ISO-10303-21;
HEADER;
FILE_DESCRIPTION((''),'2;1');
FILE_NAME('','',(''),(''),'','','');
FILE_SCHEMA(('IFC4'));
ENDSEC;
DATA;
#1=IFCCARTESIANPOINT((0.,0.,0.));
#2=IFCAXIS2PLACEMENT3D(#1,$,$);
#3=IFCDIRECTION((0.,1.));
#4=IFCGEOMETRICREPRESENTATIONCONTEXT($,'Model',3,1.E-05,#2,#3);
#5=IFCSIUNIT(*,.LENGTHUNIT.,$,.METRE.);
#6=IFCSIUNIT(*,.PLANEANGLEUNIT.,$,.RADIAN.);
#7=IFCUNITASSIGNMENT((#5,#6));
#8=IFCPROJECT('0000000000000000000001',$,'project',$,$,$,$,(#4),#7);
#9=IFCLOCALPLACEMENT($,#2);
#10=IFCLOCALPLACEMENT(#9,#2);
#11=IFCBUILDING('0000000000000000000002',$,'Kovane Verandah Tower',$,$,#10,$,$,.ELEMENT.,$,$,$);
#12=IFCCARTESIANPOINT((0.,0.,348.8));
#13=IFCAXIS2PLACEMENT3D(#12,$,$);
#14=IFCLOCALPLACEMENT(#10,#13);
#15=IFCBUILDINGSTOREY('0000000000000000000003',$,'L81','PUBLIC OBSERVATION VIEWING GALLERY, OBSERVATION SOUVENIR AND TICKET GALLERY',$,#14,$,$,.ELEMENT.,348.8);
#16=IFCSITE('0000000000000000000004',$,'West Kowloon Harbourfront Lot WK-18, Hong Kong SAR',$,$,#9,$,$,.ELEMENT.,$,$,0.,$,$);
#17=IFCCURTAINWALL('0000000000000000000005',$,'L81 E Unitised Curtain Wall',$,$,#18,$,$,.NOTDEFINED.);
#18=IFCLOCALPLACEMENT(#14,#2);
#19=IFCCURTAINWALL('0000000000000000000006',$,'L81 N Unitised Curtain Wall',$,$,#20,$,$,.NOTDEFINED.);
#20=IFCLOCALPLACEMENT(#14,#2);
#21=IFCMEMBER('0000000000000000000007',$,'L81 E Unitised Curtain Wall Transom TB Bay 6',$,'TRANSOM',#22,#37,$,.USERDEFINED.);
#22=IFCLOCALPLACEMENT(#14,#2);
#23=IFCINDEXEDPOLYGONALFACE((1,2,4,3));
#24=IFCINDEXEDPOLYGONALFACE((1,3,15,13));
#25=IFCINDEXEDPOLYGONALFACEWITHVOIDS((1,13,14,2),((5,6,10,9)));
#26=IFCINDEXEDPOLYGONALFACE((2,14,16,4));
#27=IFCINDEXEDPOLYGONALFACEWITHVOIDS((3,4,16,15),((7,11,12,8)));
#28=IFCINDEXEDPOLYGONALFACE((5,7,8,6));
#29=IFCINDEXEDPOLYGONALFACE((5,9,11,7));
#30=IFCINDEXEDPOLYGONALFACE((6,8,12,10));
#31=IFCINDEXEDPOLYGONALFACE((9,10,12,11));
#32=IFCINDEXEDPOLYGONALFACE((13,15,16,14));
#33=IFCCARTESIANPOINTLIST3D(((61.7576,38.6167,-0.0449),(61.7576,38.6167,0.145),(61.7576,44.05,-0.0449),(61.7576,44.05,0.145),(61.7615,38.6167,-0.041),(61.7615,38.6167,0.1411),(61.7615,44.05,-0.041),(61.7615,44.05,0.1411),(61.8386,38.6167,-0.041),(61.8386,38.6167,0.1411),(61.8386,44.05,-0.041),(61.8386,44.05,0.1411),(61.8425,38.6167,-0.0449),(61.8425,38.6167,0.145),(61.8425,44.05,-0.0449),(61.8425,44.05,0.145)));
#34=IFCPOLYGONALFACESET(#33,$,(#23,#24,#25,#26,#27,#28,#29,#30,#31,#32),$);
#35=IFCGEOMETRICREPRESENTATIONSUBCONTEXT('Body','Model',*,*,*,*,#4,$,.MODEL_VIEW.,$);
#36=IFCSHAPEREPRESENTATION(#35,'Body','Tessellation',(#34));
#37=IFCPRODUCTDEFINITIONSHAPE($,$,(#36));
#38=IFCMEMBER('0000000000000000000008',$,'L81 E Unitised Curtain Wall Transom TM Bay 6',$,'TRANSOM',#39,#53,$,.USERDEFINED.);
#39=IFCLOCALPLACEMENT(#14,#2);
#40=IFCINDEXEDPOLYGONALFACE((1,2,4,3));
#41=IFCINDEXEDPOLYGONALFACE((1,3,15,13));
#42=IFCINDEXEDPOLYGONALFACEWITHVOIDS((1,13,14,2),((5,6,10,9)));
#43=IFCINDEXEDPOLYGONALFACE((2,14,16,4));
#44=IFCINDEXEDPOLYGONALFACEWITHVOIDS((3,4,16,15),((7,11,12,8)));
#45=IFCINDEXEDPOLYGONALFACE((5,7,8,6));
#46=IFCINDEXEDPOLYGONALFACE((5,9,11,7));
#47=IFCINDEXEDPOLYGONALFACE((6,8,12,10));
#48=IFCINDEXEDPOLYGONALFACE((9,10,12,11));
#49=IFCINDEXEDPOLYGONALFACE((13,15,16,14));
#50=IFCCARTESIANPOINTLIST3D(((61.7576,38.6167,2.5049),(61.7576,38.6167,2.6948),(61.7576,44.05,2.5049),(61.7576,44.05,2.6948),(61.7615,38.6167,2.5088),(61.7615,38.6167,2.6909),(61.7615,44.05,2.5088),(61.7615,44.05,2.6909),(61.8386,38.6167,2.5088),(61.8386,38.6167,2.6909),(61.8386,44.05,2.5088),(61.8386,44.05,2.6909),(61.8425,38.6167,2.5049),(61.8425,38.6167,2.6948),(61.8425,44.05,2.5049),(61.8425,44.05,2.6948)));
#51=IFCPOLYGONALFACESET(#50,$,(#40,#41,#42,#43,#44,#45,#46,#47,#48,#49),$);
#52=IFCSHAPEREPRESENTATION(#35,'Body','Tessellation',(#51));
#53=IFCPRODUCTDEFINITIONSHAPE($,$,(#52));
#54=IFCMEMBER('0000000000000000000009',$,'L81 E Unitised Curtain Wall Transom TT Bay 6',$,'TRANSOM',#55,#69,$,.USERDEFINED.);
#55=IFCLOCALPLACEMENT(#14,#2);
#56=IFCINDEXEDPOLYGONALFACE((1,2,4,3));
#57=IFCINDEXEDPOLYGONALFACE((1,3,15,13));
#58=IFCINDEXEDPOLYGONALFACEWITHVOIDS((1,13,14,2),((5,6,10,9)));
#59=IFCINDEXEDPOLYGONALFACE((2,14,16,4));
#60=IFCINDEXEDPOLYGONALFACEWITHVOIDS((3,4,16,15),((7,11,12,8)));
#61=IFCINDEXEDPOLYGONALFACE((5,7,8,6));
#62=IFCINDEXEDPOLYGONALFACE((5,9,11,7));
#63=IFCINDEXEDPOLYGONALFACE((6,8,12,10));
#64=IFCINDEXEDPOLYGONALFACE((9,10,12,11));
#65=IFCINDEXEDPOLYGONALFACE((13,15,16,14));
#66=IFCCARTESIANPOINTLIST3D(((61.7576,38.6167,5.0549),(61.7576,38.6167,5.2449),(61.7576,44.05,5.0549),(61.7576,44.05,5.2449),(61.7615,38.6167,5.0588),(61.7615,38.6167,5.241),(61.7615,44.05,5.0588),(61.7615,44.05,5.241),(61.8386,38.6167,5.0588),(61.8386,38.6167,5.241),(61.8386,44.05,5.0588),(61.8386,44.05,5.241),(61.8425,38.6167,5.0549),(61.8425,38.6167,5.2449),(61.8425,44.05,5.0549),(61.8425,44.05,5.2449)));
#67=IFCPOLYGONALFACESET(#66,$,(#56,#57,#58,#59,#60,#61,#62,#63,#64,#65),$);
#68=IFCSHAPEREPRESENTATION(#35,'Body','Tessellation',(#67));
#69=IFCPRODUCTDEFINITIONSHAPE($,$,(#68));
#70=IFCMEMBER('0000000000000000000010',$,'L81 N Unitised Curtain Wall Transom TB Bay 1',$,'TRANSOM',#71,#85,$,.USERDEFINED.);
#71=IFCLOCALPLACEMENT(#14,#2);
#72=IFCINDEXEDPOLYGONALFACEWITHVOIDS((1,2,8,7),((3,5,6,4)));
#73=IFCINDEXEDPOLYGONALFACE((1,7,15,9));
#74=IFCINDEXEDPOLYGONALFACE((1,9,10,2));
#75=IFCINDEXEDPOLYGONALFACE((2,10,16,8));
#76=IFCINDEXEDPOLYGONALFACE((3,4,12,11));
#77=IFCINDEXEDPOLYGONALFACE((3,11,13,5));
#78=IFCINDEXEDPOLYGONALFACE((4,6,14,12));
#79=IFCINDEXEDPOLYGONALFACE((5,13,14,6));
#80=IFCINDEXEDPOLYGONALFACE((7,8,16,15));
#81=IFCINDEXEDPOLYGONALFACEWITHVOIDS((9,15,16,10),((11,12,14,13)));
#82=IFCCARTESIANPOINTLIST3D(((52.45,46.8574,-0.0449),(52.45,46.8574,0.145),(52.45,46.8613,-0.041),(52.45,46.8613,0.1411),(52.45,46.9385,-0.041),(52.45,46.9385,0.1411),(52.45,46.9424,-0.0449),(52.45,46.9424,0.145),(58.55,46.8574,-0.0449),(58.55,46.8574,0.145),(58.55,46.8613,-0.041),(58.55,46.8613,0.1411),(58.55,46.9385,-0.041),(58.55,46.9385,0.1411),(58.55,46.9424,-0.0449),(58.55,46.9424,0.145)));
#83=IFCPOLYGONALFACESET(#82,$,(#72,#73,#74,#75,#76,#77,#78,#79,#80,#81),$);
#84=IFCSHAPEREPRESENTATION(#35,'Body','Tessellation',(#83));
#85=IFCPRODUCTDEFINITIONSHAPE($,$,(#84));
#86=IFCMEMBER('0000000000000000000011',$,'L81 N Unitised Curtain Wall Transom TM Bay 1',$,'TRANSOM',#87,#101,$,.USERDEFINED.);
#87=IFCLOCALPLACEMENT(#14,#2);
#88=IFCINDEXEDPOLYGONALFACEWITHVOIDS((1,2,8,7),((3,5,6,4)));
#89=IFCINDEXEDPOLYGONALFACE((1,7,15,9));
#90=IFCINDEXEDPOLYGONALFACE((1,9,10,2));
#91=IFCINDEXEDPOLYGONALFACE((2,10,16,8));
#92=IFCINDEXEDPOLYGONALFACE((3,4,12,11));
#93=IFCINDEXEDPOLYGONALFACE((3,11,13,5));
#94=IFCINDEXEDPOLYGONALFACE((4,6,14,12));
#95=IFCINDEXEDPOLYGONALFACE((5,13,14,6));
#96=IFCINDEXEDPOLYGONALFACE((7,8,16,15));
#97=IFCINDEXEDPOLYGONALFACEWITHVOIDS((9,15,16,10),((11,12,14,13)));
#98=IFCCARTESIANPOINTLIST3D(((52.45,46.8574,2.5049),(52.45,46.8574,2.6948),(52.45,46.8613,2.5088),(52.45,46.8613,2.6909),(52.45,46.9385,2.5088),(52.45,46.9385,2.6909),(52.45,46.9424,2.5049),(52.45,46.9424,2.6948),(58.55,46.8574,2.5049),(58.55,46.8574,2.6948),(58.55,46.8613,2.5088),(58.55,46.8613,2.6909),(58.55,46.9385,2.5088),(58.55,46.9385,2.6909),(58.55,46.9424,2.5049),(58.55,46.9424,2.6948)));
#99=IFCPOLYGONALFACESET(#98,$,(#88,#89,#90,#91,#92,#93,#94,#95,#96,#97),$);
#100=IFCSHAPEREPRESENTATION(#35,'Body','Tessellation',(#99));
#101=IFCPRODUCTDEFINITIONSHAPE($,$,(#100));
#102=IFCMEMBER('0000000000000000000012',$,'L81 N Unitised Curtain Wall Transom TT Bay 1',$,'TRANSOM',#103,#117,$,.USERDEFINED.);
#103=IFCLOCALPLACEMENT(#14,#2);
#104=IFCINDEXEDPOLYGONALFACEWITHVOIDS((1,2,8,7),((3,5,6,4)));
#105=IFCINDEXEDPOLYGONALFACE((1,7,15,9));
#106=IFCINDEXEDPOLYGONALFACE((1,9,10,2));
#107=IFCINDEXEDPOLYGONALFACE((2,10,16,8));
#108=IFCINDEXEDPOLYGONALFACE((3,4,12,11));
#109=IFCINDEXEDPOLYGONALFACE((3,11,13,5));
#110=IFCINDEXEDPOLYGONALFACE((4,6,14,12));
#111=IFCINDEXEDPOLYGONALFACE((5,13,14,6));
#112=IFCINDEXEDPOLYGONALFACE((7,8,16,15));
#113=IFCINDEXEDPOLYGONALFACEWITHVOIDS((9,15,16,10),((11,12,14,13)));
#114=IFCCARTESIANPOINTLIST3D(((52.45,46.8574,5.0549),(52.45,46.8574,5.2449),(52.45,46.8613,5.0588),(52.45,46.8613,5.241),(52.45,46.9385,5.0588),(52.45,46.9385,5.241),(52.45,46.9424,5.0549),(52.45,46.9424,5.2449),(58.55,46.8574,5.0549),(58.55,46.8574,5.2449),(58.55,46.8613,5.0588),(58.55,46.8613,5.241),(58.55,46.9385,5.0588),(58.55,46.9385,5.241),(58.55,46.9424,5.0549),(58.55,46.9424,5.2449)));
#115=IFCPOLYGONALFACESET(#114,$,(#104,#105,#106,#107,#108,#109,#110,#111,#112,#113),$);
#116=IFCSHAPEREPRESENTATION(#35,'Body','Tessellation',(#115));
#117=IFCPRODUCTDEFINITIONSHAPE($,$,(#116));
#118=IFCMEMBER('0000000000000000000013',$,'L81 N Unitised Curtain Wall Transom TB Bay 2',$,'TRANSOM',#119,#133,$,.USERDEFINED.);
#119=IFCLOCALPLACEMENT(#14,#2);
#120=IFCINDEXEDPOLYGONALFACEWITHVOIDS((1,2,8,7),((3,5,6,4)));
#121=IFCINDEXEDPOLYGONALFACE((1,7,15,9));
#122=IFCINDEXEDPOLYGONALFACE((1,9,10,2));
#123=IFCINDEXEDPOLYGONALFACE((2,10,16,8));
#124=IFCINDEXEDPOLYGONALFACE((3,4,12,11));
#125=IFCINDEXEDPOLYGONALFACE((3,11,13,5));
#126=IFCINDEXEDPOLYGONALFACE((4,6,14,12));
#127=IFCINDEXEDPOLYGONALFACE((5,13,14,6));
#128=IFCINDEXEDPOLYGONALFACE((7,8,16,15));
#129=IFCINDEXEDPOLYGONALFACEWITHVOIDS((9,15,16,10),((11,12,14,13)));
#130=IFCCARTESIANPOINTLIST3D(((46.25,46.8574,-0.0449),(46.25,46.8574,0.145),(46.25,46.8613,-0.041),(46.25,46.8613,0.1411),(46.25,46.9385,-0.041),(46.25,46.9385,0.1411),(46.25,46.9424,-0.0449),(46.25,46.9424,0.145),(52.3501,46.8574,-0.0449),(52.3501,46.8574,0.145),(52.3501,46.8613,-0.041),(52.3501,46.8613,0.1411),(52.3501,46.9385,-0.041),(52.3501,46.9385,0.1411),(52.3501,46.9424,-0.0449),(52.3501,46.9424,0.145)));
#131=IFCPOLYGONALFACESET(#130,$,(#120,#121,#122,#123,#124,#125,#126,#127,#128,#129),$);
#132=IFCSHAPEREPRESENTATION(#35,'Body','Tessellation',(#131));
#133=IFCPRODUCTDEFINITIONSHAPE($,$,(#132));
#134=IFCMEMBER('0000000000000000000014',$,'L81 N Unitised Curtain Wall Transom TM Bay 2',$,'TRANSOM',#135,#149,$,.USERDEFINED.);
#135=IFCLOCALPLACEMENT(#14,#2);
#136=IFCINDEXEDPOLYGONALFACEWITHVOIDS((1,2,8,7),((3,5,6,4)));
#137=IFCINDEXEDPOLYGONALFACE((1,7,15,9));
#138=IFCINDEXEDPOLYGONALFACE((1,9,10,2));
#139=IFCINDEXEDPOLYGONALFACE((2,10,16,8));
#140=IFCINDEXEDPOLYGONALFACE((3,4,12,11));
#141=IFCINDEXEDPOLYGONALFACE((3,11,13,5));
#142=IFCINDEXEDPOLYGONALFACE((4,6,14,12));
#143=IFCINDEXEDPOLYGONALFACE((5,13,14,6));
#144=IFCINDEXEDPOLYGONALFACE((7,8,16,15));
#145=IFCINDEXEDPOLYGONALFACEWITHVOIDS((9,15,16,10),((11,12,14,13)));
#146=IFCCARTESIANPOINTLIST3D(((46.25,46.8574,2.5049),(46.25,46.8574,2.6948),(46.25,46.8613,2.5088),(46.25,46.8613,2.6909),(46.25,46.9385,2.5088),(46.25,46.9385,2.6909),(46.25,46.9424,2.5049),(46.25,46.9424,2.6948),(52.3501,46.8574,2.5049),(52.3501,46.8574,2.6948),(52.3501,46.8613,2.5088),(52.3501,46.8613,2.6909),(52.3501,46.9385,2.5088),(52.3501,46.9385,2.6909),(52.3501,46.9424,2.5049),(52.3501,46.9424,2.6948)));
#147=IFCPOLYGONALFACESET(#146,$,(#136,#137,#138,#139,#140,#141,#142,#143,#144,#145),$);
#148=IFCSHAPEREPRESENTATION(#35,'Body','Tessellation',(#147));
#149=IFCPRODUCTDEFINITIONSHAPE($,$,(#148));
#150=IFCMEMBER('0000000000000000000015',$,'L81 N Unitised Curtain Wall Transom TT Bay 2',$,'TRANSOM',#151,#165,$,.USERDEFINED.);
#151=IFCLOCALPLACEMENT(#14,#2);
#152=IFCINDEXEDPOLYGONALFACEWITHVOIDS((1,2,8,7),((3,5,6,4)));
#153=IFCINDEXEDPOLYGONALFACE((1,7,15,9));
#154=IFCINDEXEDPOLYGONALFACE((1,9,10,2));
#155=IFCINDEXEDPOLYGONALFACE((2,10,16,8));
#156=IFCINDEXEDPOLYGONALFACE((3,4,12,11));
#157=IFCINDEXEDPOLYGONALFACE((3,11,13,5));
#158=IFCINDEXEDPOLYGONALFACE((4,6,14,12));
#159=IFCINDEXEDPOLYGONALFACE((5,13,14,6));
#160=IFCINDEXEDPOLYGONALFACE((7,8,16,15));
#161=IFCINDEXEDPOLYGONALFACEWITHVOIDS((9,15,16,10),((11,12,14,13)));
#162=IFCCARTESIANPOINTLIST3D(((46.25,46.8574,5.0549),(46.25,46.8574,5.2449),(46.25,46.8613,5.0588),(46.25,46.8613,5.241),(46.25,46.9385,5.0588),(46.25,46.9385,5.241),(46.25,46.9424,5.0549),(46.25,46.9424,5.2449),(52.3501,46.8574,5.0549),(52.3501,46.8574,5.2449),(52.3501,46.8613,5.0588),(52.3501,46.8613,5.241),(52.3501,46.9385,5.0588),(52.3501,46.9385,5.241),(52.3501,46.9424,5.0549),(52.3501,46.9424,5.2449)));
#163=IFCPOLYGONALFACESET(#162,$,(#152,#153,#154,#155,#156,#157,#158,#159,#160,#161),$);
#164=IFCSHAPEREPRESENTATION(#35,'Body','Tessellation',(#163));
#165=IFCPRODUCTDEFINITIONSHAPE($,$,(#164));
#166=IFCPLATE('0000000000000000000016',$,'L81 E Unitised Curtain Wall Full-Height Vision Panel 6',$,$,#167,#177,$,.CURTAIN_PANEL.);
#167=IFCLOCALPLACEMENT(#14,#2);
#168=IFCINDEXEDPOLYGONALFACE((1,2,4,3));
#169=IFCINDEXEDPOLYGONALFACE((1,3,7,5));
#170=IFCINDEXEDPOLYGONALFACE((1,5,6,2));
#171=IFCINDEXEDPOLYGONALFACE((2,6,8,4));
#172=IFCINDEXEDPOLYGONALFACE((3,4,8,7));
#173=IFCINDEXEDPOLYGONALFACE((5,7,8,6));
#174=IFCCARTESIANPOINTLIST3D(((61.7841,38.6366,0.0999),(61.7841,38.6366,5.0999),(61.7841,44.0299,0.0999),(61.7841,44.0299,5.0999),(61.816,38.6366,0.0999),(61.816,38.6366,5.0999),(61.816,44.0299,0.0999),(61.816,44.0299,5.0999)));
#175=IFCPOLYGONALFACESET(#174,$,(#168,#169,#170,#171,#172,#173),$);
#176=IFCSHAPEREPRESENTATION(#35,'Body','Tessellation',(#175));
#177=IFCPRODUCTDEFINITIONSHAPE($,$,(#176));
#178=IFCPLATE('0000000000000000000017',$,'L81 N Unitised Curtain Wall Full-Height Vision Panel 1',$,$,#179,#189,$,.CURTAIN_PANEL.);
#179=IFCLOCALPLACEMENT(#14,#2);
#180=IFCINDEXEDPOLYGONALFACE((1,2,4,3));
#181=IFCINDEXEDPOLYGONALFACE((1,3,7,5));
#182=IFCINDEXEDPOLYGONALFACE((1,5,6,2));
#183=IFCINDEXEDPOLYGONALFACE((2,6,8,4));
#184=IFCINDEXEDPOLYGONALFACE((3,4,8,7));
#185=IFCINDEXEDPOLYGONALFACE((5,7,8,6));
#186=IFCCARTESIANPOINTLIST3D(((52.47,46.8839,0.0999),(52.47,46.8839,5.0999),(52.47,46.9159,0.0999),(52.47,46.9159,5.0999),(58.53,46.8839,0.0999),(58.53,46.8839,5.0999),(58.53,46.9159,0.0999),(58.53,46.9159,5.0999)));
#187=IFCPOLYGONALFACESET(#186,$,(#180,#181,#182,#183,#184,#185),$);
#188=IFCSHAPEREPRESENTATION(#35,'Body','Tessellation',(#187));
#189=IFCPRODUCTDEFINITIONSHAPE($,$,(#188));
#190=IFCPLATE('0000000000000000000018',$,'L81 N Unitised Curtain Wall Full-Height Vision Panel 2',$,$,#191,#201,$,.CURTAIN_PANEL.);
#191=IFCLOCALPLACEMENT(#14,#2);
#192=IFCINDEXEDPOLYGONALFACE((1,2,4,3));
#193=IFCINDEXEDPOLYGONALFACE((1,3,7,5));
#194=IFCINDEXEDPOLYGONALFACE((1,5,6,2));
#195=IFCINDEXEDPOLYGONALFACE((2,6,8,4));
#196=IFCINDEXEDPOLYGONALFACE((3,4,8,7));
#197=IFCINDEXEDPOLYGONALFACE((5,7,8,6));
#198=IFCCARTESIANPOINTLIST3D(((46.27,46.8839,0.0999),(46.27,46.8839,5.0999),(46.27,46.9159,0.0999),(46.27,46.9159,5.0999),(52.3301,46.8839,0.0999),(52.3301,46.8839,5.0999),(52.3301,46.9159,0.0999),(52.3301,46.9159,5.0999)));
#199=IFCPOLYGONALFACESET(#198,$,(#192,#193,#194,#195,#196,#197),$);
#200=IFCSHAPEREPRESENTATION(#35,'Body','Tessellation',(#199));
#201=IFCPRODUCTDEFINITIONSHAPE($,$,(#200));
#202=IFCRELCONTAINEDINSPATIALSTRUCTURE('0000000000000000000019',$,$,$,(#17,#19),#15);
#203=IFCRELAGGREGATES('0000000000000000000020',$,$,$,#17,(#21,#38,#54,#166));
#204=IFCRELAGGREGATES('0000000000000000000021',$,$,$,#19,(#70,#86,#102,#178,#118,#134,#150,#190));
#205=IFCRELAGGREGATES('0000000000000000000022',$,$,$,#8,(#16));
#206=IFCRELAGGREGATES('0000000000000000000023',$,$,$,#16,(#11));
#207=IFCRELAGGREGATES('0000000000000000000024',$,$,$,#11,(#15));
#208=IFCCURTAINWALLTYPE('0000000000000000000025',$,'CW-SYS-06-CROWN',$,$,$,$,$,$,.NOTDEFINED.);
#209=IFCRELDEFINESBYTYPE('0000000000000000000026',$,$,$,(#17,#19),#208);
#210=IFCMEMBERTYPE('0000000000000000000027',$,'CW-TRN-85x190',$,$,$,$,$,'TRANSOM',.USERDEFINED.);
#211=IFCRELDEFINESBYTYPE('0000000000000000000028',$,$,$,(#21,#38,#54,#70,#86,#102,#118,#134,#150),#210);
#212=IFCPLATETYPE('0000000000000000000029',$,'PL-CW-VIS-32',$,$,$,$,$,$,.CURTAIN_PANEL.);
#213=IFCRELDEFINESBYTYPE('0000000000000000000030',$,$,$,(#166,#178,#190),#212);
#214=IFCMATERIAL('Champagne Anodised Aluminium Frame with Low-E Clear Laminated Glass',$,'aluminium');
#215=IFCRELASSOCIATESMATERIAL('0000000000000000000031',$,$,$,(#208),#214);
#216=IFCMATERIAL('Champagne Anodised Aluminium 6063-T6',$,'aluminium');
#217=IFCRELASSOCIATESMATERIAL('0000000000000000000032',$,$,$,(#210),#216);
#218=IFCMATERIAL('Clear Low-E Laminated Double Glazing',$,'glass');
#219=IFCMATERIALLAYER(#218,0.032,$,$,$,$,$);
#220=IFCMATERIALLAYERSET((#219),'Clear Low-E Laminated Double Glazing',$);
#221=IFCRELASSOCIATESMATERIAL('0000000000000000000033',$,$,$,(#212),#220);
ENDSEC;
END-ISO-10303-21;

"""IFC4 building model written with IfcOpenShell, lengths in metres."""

from ifc_helpers import new_model, si_unit, direction, frame, origin, origin_2d, place, context, subcontext, project, spatial, rectangle, hollow_rectangle, extrude, material, layer, layer_set, material_profile, profile_set, type_object, element, aggregate, save


model = new_model("IFC4")

# Units and contexts
model_context = context("Model", 3, precision=1e-05, world=origin(), true_north=direction((0.0, 1.0)))
body_context = subcontext(model_context, "Body", "Model", "MODEL_VIEW")
ifc_project = project(units=[si_unit("LENGTHUNIT", "METRE"), si_unit("PLANEANGLEUNIT", "RADIAN")], contexts=[model_context])

# Site, building, storey
site_placement = place(None, origin())
site = spatial("IfcSite", under=ifc_project, at=site_placement, Name="West Kowloon Harbourfront Lot WK-18, Hong Kong SAR", CompositionType="ELEMENT", RefElevation=0.0)
building_placement = place(site_placement, origin())
building = spatial("IfcBuilding", under=site, at=building_placement, Name="Kovane Verandah Tower", CompositionType="ELEMENT")
storey_placement = place(building_placement, frame((0.0, 0.0, 348.8)))
storey = spatial("IfcBuildingStorey", under=building, at=storey_placement, Name="L81", Description="PUBLIC OBSERVATION VIEWING GALLERY, OBSERVATION SOUVENIR AND TICKET GALLERY", CompositionType="ELEMENT", Elevation=348.8)

# Curtain wall
ifc_material_1 = material(Name="Champagne Anodised Aluminium Frame with Low-E Clear Laminated Glass", Category="aluminium")
curtain_wall_type = type_object("IfcCurtainWallType", Name="CW-SYS-06-CROWN", PredefinedType="NOTDEFINED", material=ifc_material_1)
curtain_wall_1_placement = place(storey_placement, origin())
curtain_wall_1 = element("IfcCurtainWall", 1, at=curtain_wall_1_placement, inside=storey, type_object=curtain_wall_type, Name="L81 E Unitised Curtain Wall", PredefinedType="NOTDEFINED")
ifc_material_2 = material(Name="Champagne Anodised Aluminium 6063-T6", Category="aluminium")

# Curtain wall
curtain_wall_2_placement = place(storey_placement, origin())
curtain_wall_2 = element("IfcCurtainWall", 2, at=curtain_wall_2_placement, inside=storey, type_object=curtain_wall_type, Name="L81 N Unitised Curtain Wall", PredefinedType="NOTDEFINED")

# Members
ifc_material_profile_1 = material_profile(ifc_material_2, hollow_rectangle(XDim=0.085, YDim=0.1899, WallThickness=0.0039, at=origin_2d()), Name="AL85x190x4")
ifc_profile_set_1 = profile_set([ifc_material_profile_1], Name="Champagne Anodised Aluminium 6063-T6")
member_type_1 = type_object("IfcMemberType", Name="CW-TRN-85x190", ElementType="TRANSOM", PredefinedType="USERDEFINED", material=ifc_profile_set_1)
member_1_placement = place(storey_placement, frame((61.8, 38.6167, 0.05), z_axis=(0.0, 1.0, 0.0), x_axis=(-1.0, 0.0, 0.0)))
member_1 = element("IfcMember", 3, at=member_1_placement, type_object=member_type_1, Name="L81 E Unitised Curtain Wall Transom TB Bay 6", ObjectType="TRANSOM", PredefinedType="USERDEFINED", context=body_context, shape_type="SweptSolid", body=[
    extrude(hollow_rectangle(XDim=0.085, YDim=0.1899, WallThickness=0.0039, at=origin_2d()), origin(), (0.0, 0.0, 1.0), 5.4333),
])
member_2_placement = place(storey_placement, frame((61.8, 38.6167, 2.5999), z_axis=(0.0, 1.0, 0.0), x_axis=(-1.0, 0.0, 0.0)))
member_2 = element("IfcMember", 4, at=member_2_placement, type_object=member_type_1, Name="L81 E Unitised Curtain Wall Transom TM Bay 6", ObjectType="TRANSOM", PredefinedType="USERDEFINED", context=body_context, shape_type="SweptSolid", body=[
    extrude(hollow_rectangle(XDim=0.085, YDim=0.1899, WallThickness=0.0039, at=origin_2d()), origin(), (0.0, 0.0, 1.0), 5.4333),
])
member_3_placement = place(storey_placement, frame((61.8, 38.6167, 5.1499), z_axis=(0.0, 1.0, 0.0), x_axis=(-1.0, 0.0, 0.0)))
member_3 = element("IfcMember", 5, at=member_3_placement, type_object=member_type_1, Name="L81 E Unitised Curtain Wall Transom TT Bay 6", ObjectType="TRANSOM", PredefinedType="USERDEFINED", context=body_context, shape_type="SweptSolid", body=[
    extrude(hollow_rectangle(XDim=0.085, YDim=0.1899, WallThickness=0.0039, at=origin_2d()), origin(), (0.0, 0.0, 1.0), 5.4333),
])
member_4_placement = place(storey_placement, frame((58.55, 46.8999, 0.05), z_axis=(-1.0, 0.0, 0.0), x_axis=(0.0, -1.0, 0.0)))
member_4 = element("IfcMember", 6, at=member_4_placement, type_object=member_type_1, Name="L81 N Unitised Curtain Wall Transom TB Bay 1", ObjectType="TRANSOM", PredefinedType="USERDEFINED", context=body_context, shape_type="SweptSolid", body=[
    extrude(hollow_rectangle(XDim=0.085, YDim=0.1899, WallThickness=0.0039, at=origin_2d()), origin(), (0.0, 0.0, 1.0), 6.1001),
])
member_5_placement = place(storey_placement, frame((58.55, 46.8999, 2.5999), z_axis=(-1.0, 0.0, 0.0), x_axis=(0.0, -1.0, 0.0)))
member_5 = element("IfcMember", 7, at=member_5_placement, type_object=member_type_1, Name="L81 N Unitised Curtain Wall Transom TM Bay 1", ObjectType="TRANSOM", PredefinedType="USERDEFINED", context=body_context, shape_type="SweptSolid", body=[
    extrude(hollow_rectangle(XDim=0.085, YDim=0.1899, WallThickness=0.0039, at=origin_2d()), origin(), (0.0, 0.0, 1.0), 6.1001),
])
member_6_placement = place(storey_placement, frame((58.55, 46.8999, 5.1499), z_axis=(-1.0, 0.0, 0.0), x_axis=(0.0, -1.0, 0.0)))
member_6 = element("IfcMember", 8, at=member_6_placement, type_object=member_type_1, Name="L81 N Unitised Curtain Wall Transom TT Bay 1", ObjectType="TRANSOM", PredefinedType="USERDEFINED", context=body_context, shape_type="SweptSolid", body=[
    extrude(hollow_rectangle(XDim=0.085, YDim=0.1899, WallThickness=0.0039, at=origin_2d()), origin(), (0.0, 0.0, 1.0), 6.1001),
])
member_7_placement = place(storey_placement, frame((52.3501, 46.8999, 0.05), z_axis=(-1.0, 0.0, 0.0), x_axis=(0.0, -1.0, 0.0)))
member_7 = element("IfcMember", 9, at=member_7_placement, type_object=member_type_1, Name="L81 N Unitised Curtain Wall Transom TB Bay 2", ObjectType="TRANSOM", PredefinedType="USERDEFINED", context=body_context, shape_type="SweptSolid", body=[
    extrude(hollow_rectangle(XDim=0.085, YDim=0.1899, WallThickness=0.0039, at=origin_2d()), origin(), (0.0, 0.0, 1.0), 6.1001),
])
member_8_placement = place(storey_placement, frame((52.3501, 46.8999, 2.5999), z_axis=(-1.0, 0.0, 0.0), x_axis=(0.0, -1.0, 0.0)))
member_8 = element("IfcMember", 10, at=member_8_placement, type_object=member_type_1, Name="L81 N Unitised Curtain Wall Transom TM Bay 2", ObjectType="TRANSOM", PredefinedType="USERDEFINED", context=body_context, shape_type="SweptSolid", body=[
    extrude(hollow_rectangle(XDim=0.085, YDim=0.1899, WallThickness=0.0039, at=origin_2d()), origin(), (0.0, 0.0, 1.0), 6.1001),
])
member_9_placement = place(storey_placement, frame((52.3501, 46.8999, 5.1499), z_axis=(-1.0, 0.0, 0.0), x_axis=(0.0, -1.0, 0.0)))
member_9 = element("IfcMember", 11, at=member_9_placement, type_object=member_type_1, Name="L81 N Unitised Curtain Wall Transom TT Bay 2", ObjectType="TRANSOM", PredefinedType="USERDEFINED", context=body_context, shape_type="SweptSolid", body=[
    extrude(hollow_rectangle(XDim=0.085, YDim=0.1899, WallThickness=0.0039, at=origin_2d()), origin(), (0.0, 0.0, 1.0), 6.1001),
])

# Plates
ifc_material_3 = material(Name="Clear Low-E Laminated Double Glazing", Category="glass")
ifc_layer_1 = layer(ifc_material_3, 0.032)
ifc_layer_set_1 = layer_set([ifc_layer_1], Name="Clear Low-E Laminated Double Glazing")
plate_type = type_object("IfcPlateType", Name="PL-CW-VIS-32", PredefinedType="CURTAIN_PANEL", material=ifc_layer_set_1)
plate_1_placement = place(storey_placement, frame((61.8, 41.3333, 0.0999), z_axis=(0.0, 0.0, 1.0), x_axis=(0.0, 1.0, 0.0)))
plate_1 = element("IfcPlate", 12, at=plate_1_placement, type_object=plate_type, Name="L81 E Unitised Curtain Wall Full-Height Vision Panel 6", PredefinedType="CURTAIN_PANEL", context=body_context, shape_type="SweptSolid", body=[
    extrude(rectangle(XDim=5.3933, YDim=0.032, at=origin_2d()), origin(), (0.0, 0.0, 1.0), 5.0),
])
aggregate(curtain_wall_1, [member_1, member_2, member_3, plate_1])
plate_2_placement = place(storey_placement, frame((55.5, 46.8999, 0.0999), z_axis=(0.0, 0.0, 1.0), x_axis=(-1.0, 0.0, 0.0)))
plate_2 = element("IfcPlate", 13, at=plate_2_placement, type_object=plate_type, Name="L81 N Unitised Curtain Wall Full-Height Vision Panel 1", PredefinedType="CURTAIN_PANEL", context=body_context, shape_type="SweptSolid", body=[
    extrude(rectangle(XDim=6.0601, YDim=0.032, at=origin_2d()), origin(), (0.0, 0.0, 1.0), 5.0),
])
plate_3_placement = place(storey_placement, frame((49.3, 46.8999, 0.0999), z_axis=(0.0, 0.0, 1.0), x_axis=(-1.0, 0.0, 0.0)))
plate_3 = element("IfcPlate", 14, at=plate_3_placement, type_object=plate_type, Name="L81 N Unitised Curtain Wall Full-Height Vision Panel 2", PredefinedType="CURTAIN_PANEL", context=body_context, shape_type="SweptSolid", body=[
    extrude(rectangle(XDim=6.0601, YDim=0.032, at=origin_2d()), origin(), (0.0, 0.0, 1.0), 5.0),
])
aggregate(curtain_wall_2, [member_4, member_5, member_6, plate_2, member_7, member_8, member_9, plate_3])

save(model, "model.ifc")
